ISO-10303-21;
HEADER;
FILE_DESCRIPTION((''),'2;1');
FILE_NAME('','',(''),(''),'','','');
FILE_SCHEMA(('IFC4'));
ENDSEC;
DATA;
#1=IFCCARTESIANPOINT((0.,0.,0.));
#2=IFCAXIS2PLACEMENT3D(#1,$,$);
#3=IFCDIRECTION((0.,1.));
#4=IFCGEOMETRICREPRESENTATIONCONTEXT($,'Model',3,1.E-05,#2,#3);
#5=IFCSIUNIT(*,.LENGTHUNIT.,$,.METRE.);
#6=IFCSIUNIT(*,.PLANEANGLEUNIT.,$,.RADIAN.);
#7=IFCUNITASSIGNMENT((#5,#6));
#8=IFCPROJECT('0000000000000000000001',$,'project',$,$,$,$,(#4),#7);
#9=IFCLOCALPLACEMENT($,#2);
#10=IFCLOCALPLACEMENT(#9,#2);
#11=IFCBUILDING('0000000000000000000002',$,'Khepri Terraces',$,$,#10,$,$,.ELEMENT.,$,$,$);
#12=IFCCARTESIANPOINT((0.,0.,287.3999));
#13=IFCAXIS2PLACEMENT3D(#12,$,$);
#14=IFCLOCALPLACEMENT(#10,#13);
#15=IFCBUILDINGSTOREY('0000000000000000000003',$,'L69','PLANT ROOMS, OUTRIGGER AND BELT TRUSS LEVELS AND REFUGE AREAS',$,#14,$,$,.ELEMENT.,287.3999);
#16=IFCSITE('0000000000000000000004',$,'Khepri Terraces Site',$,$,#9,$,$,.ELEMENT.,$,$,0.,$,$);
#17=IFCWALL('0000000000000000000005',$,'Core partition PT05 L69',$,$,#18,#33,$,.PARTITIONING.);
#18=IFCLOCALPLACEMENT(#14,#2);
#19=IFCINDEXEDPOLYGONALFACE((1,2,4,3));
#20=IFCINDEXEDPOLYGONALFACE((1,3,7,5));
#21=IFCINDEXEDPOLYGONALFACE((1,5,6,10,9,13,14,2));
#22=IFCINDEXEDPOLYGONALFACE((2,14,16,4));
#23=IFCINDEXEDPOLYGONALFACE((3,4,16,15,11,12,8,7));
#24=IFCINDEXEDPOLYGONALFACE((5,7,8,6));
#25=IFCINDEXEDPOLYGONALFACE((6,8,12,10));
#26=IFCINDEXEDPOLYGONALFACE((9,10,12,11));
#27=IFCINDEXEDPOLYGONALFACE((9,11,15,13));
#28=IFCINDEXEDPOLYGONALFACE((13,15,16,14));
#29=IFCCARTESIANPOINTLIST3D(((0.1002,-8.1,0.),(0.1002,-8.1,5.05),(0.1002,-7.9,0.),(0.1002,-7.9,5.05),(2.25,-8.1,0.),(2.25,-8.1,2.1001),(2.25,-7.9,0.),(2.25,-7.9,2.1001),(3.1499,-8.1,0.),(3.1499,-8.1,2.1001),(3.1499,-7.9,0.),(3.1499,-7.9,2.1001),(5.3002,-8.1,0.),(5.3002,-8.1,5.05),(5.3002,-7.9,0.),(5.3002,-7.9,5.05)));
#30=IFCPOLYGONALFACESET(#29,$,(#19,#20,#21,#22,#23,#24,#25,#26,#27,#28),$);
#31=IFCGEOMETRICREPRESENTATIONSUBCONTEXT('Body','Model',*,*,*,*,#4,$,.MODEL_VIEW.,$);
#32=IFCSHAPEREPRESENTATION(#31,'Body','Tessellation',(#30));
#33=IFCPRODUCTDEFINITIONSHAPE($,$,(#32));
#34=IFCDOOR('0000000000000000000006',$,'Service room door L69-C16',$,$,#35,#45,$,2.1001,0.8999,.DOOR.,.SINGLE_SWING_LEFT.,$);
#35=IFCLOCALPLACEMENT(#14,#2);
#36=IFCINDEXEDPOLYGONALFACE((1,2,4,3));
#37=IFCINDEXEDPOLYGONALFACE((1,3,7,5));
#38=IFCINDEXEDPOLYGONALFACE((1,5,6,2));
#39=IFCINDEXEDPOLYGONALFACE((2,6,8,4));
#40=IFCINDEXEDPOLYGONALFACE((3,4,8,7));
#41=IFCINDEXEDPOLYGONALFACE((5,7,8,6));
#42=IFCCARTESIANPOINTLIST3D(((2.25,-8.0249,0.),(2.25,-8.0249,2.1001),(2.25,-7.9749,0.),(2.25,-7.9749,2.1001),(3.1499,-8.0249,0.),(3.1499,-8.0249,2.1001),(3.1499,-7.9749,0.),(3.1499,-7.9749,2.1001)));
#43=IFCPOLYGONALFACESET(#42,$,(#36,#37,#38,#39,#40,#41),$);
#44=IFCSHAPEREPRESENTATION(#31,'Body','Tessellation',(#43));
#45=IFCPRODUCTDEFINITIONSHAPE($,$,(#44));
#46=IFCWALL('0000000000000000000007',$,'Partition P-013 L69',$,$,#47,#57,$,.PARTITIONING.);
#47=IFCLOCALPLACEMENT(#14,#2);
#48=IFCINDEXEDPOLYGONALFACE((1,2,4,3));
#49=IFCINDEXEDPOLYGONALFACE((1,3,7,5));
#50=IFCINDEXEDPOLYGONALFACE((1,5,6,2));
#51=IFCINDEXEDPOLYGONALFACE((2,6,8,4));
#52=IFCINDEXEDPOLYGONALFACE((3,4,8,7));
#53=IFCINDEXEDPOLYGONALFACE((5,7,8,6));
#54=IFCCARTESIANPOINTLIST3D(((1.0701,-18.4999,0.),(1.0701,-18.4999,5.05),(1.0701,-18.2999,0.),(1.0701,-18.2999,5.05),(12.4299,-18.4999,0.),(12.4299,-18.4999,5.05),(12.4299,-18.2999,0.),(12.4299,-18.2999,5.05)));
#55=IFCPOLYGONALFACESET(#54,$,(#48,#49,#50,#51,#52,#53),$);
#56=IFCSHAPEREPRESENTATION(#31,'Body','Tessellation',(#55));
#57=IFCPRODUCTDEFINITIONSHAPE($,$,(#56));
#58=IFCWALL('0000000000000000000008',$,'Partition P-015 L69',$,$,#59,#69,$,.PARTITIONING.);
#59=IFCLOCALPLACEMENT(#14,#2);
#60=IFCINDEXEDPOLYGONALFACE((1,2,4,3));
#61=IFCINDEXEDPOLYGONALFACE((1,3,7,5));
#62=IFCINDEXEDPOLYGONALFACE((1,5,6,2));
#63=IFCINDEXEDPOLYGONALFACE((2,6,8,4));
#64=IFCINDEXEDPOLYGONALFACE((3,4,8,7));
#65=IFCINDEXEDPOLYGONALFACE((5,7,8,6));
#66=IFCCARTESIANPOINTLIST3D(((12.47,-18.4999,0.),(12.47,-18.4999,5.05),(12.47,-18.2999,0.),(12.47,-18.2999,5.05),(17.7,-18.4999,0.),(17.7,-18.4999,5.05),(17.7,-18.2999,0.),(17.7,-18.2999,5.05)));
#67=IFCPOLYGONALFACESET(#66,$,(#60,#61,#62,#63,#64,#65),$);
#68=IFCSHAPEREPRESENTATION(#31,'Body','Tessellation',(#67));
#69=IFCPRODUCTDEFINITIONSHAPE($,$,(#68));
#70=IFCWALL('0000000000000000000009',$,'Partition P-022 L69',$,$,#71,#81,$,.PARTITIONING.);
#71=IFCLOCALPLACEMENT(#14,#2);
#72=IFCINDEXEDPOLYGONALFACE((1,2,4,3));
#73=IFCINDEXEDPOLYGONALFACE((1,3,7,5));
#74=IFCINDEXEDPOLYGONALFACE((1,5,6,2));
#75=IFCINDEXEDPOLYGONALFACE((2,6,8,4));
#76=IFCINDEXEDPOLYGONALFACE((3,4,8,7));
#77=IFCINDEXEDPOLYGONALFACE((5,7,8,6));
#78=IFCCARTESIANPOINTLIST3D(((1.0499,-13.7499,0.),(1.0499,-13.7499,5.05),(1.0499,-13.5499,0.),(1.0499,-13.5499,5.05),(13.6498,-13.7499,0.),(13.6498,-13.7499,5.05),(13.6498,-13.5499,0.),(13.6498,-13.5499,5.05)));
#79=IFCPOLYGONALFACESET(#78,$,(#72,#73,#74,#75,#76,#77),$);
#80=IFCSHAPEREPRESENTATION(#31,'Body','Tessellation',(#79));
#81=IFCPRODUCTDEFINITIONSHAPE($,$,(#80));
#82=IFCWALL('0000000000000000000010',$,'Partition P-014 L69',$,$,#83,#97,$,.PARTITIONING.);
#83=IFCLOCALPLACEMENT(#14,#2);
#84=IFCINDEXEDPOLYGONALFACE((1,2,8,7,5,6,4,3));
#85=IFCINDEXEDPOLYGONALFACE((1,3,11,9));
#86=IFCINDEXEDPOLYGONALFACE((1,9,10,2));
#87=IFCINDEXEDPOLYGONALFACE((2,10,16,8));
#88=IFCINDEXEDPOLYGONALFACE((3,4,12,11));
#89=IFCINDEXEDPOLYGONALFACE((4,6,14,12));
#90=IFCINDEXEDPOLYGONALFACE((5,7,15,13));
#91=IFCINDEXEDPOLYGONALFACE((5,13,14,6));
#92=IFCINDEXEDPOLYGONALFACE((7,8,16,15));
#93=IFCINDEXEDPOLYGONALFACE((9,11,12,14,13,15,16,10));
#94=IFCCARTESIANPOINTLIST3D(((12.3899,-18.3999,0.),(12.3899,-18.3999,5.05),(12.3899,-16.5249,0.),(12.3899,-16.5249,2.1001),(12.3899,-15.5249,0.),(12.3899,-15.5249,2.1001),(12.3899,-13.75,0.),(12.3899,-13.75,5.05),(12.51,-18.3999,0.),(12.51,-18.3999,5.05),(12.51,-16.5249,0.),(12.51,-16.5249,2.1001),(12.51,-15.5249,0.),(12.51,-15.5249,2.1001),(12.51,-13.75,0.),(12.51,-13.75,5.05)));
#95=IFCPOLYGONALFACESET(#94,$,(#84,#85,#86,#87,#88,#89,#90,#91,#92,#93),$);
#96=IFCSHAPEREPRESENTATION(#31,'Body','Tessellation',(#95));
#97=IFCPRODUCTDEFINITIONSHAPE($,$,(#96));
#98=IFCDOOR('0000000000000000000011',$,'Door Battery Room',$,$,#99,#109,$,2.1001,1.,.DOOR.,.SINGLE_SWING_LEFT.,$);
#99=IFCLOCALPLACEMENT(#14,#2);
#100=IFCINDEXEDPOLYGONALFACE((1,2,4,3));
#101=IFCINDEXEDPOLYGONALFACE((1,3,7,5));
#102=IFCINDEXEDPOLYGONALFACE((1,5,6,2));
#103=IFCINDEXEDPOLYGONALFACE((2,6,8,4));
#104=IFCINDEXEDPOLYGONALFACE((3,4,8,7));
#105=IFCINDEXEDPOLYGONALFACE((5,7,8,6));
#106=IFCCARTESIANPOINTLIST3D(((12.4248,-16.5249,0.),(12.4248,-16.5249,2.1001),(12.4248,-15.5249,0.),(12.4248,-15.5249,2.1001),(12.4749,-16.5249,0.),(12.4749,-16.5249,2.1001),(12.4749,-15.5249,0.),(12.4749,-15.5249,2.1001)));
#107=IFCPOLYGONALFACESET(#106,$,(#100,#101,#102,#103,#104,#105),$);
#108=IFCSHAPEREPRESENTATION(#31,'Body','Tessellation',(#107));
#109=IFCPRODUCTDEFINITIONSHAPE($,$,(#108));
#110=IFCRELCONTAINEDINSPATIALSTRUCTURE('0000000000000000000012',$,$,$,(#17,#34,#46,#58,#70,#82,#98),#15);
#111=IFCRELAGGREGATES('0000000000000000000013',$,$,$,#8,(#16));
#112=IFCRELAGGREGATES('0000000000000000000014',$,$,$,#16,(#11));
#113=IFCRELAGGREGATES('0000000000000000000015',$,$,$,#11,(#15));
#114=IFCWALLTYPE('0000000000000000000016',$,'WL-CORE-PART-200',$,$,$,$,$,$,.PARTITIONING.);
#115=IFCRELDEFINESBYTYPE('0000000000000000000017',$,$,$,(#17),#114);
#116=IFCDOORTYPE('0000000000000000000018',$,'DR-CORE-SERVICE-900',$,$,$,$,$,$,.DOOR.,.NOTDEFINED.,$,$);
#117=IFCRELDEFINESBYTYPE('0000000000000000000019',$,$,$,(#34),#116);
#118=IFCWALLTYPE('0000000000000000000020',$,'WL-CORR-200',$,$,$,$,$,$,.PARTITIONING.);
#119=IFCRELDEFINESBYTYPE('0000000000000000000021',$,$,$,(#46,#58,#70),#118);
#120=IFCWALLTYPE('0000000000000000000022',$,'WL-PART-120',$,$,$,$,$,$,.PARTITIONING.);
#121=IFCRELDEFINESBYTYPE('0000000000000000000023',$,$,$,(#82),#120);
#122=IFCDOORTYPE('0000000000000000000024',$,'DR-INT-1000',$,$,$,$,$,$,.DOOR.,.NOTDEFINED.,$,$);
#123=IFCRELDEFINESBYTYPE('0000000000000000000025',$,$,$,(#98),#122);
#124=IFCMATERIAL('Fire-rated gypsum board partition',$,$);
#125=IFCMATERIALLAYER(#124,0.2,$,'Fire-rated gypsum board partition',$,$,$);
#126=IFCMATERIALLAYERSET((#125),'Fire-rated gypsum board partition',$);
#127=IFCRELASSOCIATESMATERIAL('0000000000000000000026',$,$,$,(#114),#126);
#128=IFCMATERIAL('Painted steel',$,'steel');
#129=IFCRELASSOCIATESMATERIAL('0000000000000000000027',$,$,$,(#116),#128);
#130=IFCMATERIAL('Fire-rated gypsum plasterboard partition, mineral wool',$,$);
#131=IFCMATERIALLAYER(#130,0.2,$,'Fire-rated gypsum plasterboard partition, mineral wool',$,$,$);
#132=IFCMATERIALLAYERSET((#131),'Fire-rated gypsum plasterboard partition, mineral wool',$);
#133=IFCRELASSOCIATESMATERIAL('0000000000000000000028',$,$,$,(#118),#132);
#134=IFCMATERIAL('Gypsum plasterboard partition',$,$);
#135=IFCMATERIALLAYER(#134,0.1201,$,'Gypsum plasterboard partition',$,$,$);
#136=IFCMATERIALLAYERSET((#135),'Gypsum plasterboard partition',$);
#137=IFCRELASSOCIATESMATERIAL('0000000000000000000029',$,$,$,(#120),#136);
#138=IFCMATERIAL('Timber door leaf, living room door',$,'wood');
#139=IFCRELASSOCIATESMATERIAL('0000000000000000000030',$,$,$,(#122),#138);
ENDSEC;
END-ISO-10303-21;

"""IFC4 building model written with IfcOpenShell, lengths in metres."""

from ifc_helpers import new_model, si_unit, direction, frame, frame_2d, origin, place, context, subcontext, project, spatial, rectangle, extrude, material, layer, layer_set, type_object, element, fill, save


model = new_model("IFC4")

# Units and contexts
model_context = context("Model", 3, precision=1e-05, world=origin(), true_north=direction((0.0, 1.0)))
body_context = subcontext(model_context, "Body", "Model", "MODEL_VIEW")
ifc_project = project(units=[si_unit("LENGTHUNIT", "METRE"), si_unit("PLANEANGLEUNIT", "RADIAN")], contexts=[model_context])

# Site, building, storey
site_placement = place(None, origin())
site = spatial("IfcSite", under=ifc_project, at=site_placement, Name="Khepri Terraces Site", CompositionType="ELEMENT", RefElevation=0.0)
building_placement = place(site_placement, origin())
building = spatial("IfcBuilding", under=site, at=building_placement, Name="Khepri Terraces", CompositionType="ELEMENT")
storey_placement = place(building_placement, frame((0.0, 0.0, 287.3999)))
storey = spatial("IfcBuildingStorey", under=building, at=storey_placement, Name="L69", Description="PLANT ROOMS, OUTRIGGER AND BELT TRUSS LEVELS AND REFUGE AREAS", CompositionType="ELEMENT", Elevation=287.3999)

# Shared definitions
ifc_material_1 = material(Name="Painted steel", Category="steel")

# Shared definitions
ifc_material_2 = material(Name="Fire-rated gypsum board partition")
ifc_layer_1 = layer(ifc_material_2, 0.2, Name="Fire-rated gypsum board partition")
ifc_layer_set_1 = layer_set([ifc_layer_1], Name="Fire-rated gypsum board partition")
wall_type_1 = type_object("IfcWallType", Name="WL-CORE-PART-200", PredefinedType="PARTITIONING", material=ifc_layer_set_1)

# Wall, opening, door
wall_1_placement = place(storey_placement, frame((0.1001, -8.0, 0.0), z_axis=(0.0, 0.0, 1.0), x_axis=(1.0, 0.0, 0.0)))
wall_1 = element("IfcWall", 1, at=wall_1_placement, inside=storey, type_object=wall_type_1, Name="Core partition PT05 L69", PredefinedType="PARTITIONING", context=body_context, shape_type="SweptSolid", body=[
    extrude(rectangle(XDim=5.2, YDim=0.2, at=frame_2d((2.6001, 0.0))), origin(), (0.0, 0.0, 1.0), 5.05),
])
opening_1_placement = place(wall_1_placement, frame((2.1499, 0.0, 0.0)))
opening_1 = element("IfcOpeningElement", 2, at=opening_1_placement, cuts=wall_1, PredefinedType="OPENING", context=body_context, shape_type="SweptSolid", body=[
    extrude(rectangle(XDim=0.8999, YDim=2.1001, at=frame_2d((0.45, 1.05))), frame((0.0, 0.1099, 0.0), z_axis=(0.0, -1.0, 0.0), x_axis=(1.0, 0.0, 0.0)), (0.0, 0.0, 1.0), 0.22),
])
door_type_1 = type_object("IfcDoorType", Name="DR-CORE-SERVICE-900", OperationType="NOTDEFINED", PredefinedType="DOOR", material=ifc_material_1)
door_1_placement = place(opening_1_placement, frame((0.8999, 0.0, 0.0), z_axis=(0.0, 0.0, 1.0), x_axis=(-1.0, 0.0, 0.0)))
door_1 = element("IfcDoor", 3, at=door_1_placement, inside=storey, type_object=door_type_1, Name="Service room door L69-C16", OperationType="SINGLE_SWING_LEFT", OverallHeight=2.1001, OverallWidth=0.8999, PredefinedType="DOOR", context=body_context, shape_type="SweptSolid", body=[
    extrude(rectangle(XDim=0.8999, YDim=2.1001, at=frame_2d((0.45, 1.05))), frame((0.0, 0.0249, 0.0), z_axis=(0.0, -1.0, 0.0), x_axis=(1.0, 0.0, 0.0)), (0.0, 0.0, 1.0), 0.05),
])
fill(opening_1, door_1)

# Walls
ifc_material_3 = material(Name="Fire-rated gypsum plasterboard partition, mineral wool")
ifc_layer_2 = layer(ifc_material_3, 0.2, Name="Fire-rated gypsum plasterboard partition, mineral wool")
ifc_layer_set_2 = layer_set([ifc_layer_2], Name="Fire-rated gypsum plasterboard partition, mineral wool")
wall_type_2 = type_object("IfcWallType", Name="WL-CORR-200", PredefinedType="PARTITIONING", material=ifc_layer_set_2)
wall_2_placement = place(storey_placement, frame((1.0701, -18.3999, 0.0), z_axis=(0.0, 0.0, 1.0), x_axis=(1.0, 0.0, 0.0)))
element("IfcWall", 4, at=wall_2_placement, inside=storey, type_object=wall_type_2, Name="Partition P-013 L69", PredefinedType="PARTITIONING", context=body_context, shape_type="SweptSolid", body=[
    extrude(rectangle(XDim=11.3599, YDim=0.2, at=frame_2d((5.6799, 0.0))), origin(), (0.0, 0.0, 1.0), 5.05),
])
wall_3_placement = place(storey_placement, frame((12.47, -18.3999, 0.0), z_axis=(0.0, 0.0, 1.0), x_axis=(1.0, 0.0, 0.0)))
element("IfcWall", 5, at=wall_3_placement, inside=storey, type_object=wall_type_2, Name="Partition P-015 L69", PredefinedType="PARTITIONING", context=body_context, shape_type="SweptSolid", body=[
    extrude(rectangle(XDim=5.23, YDim=0.2, at=frame_2d((2.615, 0.0))), origin(), (0.0, 0.0, 1.0), 5.05),
])
wall_4_placement = place(storey_placement, frame((1.05, -13.6499, 0.0), z_axis=(0.0, 0.0, 1.0), x_axis=(1.0, 0.0, 0.0)))
element("IfcWall", 6, at=wall_4_placement, inside=storey, type_object=wall_type_2, Name="Partition P-022 L69", PredefinedType="PARTITIONING", context=body_context, shape_type="SweptSolid", body=[
    extrude(rectangle(XDim=12.5999, YDim=0.2, at=frame_2d((6.2998, 0.0))), origin(), (0.0, 0.0, 1.0), 5.05),
])

# Wall, opening, door
ifc_material_4 = material(Name="Gypsum plasterboard partition")
ifc_layer_3 = layer(ifc_material_4, 0.1201, Name="Gypsum plasterboard partition")
ifc_layer_set_3 = layer_set([ifc_layer_3], Name="Gypsum plasterboard partition")
wall_type_3 = type_object("IfcWallType", Name="WL-PART-120", PredefinedType="PARTITIONING", material=ifc_layer_set_3)
wall_5_placement = place(storey_placement, frame((12.45, -18.3999, 0.0), z_axis=(0.0, 0.0, 1.0), x_axis=(0.0, 1.0, 0.0)))
wall_5 = element("IfcWall", 7, at=wall_5_placement, inside=storey, type_object=wall_type_3, Name="Partition P-014 L69", PredefinedType="PARTITIONING", context=body_context, shape_type="SweptSolid", body=[
    extrude(rectangle(XDim=4.6499, YDim=0.1201, at=frame_2d((2.325, 0.0))), origin(), (0.0, 0.0, 1.0), 5.05),
])
opening_2_placement = place(wall_5_placement, frame((1.875, 0.0, 0.0)))
opening_2 = element("IfcOpeningElement", 8, at=opening_2_placement, cuts=wall_5, PredefinedType="OPENING", context=body_context, shape_type="SweptSolid", body=[
    extrude(rectangle(XDim=1.0, YDim=2.1001, at=frame_2d((0.5, 1.05))), frame((0.0, 0.0701, 0.0), z_axis=(0.0, -1.0, 0.0), x_axis=(1.0, 0.0, 0.0)), (0.0, 0.0, 1.0), 0.1401),
])
ifc_material_5 = material(Name="Timber door leaf, living room door", Category="wood")
door_type_2 = type_object("IfcDoorType", Name="DR-INT-1000", OperationType="NOTDEFINED", PredefinedType="DOOR", material=ifc_material_5)
door_2_placement = place(opening_2_placement, frame((1.0, 0.0, 0.0), z_axis=(0.0, 0.0, 1.0), x_axis=(-1.0, 0.0, 0.0)))
door_2 = element("IfcDoor", 9, at=door_2_placement, inside=storey, type_object=door_type_2, Name="Door Battery Room", OperationType="SINGLE_SWING_LEFT", OverallHeight=2.1001, OverallWidth=1.0, PredefinedType="DOOR", context=body_context, shape_type="SweptSolid", body=[
    extrude(rectangle(XDim=1.0, YDim=2.1001, at=frame_2d((0.5, 1.05))), frame((0.0, 0.0249, 0.0), z_axis=(0.0, -1.0, 0.0), x_axis=(1.0, 0.0, 0.0)), (0.0, 0.0, 1.0), 0.05),
])
fill(opening_2, door_2)

save(model, "model.ifc")
